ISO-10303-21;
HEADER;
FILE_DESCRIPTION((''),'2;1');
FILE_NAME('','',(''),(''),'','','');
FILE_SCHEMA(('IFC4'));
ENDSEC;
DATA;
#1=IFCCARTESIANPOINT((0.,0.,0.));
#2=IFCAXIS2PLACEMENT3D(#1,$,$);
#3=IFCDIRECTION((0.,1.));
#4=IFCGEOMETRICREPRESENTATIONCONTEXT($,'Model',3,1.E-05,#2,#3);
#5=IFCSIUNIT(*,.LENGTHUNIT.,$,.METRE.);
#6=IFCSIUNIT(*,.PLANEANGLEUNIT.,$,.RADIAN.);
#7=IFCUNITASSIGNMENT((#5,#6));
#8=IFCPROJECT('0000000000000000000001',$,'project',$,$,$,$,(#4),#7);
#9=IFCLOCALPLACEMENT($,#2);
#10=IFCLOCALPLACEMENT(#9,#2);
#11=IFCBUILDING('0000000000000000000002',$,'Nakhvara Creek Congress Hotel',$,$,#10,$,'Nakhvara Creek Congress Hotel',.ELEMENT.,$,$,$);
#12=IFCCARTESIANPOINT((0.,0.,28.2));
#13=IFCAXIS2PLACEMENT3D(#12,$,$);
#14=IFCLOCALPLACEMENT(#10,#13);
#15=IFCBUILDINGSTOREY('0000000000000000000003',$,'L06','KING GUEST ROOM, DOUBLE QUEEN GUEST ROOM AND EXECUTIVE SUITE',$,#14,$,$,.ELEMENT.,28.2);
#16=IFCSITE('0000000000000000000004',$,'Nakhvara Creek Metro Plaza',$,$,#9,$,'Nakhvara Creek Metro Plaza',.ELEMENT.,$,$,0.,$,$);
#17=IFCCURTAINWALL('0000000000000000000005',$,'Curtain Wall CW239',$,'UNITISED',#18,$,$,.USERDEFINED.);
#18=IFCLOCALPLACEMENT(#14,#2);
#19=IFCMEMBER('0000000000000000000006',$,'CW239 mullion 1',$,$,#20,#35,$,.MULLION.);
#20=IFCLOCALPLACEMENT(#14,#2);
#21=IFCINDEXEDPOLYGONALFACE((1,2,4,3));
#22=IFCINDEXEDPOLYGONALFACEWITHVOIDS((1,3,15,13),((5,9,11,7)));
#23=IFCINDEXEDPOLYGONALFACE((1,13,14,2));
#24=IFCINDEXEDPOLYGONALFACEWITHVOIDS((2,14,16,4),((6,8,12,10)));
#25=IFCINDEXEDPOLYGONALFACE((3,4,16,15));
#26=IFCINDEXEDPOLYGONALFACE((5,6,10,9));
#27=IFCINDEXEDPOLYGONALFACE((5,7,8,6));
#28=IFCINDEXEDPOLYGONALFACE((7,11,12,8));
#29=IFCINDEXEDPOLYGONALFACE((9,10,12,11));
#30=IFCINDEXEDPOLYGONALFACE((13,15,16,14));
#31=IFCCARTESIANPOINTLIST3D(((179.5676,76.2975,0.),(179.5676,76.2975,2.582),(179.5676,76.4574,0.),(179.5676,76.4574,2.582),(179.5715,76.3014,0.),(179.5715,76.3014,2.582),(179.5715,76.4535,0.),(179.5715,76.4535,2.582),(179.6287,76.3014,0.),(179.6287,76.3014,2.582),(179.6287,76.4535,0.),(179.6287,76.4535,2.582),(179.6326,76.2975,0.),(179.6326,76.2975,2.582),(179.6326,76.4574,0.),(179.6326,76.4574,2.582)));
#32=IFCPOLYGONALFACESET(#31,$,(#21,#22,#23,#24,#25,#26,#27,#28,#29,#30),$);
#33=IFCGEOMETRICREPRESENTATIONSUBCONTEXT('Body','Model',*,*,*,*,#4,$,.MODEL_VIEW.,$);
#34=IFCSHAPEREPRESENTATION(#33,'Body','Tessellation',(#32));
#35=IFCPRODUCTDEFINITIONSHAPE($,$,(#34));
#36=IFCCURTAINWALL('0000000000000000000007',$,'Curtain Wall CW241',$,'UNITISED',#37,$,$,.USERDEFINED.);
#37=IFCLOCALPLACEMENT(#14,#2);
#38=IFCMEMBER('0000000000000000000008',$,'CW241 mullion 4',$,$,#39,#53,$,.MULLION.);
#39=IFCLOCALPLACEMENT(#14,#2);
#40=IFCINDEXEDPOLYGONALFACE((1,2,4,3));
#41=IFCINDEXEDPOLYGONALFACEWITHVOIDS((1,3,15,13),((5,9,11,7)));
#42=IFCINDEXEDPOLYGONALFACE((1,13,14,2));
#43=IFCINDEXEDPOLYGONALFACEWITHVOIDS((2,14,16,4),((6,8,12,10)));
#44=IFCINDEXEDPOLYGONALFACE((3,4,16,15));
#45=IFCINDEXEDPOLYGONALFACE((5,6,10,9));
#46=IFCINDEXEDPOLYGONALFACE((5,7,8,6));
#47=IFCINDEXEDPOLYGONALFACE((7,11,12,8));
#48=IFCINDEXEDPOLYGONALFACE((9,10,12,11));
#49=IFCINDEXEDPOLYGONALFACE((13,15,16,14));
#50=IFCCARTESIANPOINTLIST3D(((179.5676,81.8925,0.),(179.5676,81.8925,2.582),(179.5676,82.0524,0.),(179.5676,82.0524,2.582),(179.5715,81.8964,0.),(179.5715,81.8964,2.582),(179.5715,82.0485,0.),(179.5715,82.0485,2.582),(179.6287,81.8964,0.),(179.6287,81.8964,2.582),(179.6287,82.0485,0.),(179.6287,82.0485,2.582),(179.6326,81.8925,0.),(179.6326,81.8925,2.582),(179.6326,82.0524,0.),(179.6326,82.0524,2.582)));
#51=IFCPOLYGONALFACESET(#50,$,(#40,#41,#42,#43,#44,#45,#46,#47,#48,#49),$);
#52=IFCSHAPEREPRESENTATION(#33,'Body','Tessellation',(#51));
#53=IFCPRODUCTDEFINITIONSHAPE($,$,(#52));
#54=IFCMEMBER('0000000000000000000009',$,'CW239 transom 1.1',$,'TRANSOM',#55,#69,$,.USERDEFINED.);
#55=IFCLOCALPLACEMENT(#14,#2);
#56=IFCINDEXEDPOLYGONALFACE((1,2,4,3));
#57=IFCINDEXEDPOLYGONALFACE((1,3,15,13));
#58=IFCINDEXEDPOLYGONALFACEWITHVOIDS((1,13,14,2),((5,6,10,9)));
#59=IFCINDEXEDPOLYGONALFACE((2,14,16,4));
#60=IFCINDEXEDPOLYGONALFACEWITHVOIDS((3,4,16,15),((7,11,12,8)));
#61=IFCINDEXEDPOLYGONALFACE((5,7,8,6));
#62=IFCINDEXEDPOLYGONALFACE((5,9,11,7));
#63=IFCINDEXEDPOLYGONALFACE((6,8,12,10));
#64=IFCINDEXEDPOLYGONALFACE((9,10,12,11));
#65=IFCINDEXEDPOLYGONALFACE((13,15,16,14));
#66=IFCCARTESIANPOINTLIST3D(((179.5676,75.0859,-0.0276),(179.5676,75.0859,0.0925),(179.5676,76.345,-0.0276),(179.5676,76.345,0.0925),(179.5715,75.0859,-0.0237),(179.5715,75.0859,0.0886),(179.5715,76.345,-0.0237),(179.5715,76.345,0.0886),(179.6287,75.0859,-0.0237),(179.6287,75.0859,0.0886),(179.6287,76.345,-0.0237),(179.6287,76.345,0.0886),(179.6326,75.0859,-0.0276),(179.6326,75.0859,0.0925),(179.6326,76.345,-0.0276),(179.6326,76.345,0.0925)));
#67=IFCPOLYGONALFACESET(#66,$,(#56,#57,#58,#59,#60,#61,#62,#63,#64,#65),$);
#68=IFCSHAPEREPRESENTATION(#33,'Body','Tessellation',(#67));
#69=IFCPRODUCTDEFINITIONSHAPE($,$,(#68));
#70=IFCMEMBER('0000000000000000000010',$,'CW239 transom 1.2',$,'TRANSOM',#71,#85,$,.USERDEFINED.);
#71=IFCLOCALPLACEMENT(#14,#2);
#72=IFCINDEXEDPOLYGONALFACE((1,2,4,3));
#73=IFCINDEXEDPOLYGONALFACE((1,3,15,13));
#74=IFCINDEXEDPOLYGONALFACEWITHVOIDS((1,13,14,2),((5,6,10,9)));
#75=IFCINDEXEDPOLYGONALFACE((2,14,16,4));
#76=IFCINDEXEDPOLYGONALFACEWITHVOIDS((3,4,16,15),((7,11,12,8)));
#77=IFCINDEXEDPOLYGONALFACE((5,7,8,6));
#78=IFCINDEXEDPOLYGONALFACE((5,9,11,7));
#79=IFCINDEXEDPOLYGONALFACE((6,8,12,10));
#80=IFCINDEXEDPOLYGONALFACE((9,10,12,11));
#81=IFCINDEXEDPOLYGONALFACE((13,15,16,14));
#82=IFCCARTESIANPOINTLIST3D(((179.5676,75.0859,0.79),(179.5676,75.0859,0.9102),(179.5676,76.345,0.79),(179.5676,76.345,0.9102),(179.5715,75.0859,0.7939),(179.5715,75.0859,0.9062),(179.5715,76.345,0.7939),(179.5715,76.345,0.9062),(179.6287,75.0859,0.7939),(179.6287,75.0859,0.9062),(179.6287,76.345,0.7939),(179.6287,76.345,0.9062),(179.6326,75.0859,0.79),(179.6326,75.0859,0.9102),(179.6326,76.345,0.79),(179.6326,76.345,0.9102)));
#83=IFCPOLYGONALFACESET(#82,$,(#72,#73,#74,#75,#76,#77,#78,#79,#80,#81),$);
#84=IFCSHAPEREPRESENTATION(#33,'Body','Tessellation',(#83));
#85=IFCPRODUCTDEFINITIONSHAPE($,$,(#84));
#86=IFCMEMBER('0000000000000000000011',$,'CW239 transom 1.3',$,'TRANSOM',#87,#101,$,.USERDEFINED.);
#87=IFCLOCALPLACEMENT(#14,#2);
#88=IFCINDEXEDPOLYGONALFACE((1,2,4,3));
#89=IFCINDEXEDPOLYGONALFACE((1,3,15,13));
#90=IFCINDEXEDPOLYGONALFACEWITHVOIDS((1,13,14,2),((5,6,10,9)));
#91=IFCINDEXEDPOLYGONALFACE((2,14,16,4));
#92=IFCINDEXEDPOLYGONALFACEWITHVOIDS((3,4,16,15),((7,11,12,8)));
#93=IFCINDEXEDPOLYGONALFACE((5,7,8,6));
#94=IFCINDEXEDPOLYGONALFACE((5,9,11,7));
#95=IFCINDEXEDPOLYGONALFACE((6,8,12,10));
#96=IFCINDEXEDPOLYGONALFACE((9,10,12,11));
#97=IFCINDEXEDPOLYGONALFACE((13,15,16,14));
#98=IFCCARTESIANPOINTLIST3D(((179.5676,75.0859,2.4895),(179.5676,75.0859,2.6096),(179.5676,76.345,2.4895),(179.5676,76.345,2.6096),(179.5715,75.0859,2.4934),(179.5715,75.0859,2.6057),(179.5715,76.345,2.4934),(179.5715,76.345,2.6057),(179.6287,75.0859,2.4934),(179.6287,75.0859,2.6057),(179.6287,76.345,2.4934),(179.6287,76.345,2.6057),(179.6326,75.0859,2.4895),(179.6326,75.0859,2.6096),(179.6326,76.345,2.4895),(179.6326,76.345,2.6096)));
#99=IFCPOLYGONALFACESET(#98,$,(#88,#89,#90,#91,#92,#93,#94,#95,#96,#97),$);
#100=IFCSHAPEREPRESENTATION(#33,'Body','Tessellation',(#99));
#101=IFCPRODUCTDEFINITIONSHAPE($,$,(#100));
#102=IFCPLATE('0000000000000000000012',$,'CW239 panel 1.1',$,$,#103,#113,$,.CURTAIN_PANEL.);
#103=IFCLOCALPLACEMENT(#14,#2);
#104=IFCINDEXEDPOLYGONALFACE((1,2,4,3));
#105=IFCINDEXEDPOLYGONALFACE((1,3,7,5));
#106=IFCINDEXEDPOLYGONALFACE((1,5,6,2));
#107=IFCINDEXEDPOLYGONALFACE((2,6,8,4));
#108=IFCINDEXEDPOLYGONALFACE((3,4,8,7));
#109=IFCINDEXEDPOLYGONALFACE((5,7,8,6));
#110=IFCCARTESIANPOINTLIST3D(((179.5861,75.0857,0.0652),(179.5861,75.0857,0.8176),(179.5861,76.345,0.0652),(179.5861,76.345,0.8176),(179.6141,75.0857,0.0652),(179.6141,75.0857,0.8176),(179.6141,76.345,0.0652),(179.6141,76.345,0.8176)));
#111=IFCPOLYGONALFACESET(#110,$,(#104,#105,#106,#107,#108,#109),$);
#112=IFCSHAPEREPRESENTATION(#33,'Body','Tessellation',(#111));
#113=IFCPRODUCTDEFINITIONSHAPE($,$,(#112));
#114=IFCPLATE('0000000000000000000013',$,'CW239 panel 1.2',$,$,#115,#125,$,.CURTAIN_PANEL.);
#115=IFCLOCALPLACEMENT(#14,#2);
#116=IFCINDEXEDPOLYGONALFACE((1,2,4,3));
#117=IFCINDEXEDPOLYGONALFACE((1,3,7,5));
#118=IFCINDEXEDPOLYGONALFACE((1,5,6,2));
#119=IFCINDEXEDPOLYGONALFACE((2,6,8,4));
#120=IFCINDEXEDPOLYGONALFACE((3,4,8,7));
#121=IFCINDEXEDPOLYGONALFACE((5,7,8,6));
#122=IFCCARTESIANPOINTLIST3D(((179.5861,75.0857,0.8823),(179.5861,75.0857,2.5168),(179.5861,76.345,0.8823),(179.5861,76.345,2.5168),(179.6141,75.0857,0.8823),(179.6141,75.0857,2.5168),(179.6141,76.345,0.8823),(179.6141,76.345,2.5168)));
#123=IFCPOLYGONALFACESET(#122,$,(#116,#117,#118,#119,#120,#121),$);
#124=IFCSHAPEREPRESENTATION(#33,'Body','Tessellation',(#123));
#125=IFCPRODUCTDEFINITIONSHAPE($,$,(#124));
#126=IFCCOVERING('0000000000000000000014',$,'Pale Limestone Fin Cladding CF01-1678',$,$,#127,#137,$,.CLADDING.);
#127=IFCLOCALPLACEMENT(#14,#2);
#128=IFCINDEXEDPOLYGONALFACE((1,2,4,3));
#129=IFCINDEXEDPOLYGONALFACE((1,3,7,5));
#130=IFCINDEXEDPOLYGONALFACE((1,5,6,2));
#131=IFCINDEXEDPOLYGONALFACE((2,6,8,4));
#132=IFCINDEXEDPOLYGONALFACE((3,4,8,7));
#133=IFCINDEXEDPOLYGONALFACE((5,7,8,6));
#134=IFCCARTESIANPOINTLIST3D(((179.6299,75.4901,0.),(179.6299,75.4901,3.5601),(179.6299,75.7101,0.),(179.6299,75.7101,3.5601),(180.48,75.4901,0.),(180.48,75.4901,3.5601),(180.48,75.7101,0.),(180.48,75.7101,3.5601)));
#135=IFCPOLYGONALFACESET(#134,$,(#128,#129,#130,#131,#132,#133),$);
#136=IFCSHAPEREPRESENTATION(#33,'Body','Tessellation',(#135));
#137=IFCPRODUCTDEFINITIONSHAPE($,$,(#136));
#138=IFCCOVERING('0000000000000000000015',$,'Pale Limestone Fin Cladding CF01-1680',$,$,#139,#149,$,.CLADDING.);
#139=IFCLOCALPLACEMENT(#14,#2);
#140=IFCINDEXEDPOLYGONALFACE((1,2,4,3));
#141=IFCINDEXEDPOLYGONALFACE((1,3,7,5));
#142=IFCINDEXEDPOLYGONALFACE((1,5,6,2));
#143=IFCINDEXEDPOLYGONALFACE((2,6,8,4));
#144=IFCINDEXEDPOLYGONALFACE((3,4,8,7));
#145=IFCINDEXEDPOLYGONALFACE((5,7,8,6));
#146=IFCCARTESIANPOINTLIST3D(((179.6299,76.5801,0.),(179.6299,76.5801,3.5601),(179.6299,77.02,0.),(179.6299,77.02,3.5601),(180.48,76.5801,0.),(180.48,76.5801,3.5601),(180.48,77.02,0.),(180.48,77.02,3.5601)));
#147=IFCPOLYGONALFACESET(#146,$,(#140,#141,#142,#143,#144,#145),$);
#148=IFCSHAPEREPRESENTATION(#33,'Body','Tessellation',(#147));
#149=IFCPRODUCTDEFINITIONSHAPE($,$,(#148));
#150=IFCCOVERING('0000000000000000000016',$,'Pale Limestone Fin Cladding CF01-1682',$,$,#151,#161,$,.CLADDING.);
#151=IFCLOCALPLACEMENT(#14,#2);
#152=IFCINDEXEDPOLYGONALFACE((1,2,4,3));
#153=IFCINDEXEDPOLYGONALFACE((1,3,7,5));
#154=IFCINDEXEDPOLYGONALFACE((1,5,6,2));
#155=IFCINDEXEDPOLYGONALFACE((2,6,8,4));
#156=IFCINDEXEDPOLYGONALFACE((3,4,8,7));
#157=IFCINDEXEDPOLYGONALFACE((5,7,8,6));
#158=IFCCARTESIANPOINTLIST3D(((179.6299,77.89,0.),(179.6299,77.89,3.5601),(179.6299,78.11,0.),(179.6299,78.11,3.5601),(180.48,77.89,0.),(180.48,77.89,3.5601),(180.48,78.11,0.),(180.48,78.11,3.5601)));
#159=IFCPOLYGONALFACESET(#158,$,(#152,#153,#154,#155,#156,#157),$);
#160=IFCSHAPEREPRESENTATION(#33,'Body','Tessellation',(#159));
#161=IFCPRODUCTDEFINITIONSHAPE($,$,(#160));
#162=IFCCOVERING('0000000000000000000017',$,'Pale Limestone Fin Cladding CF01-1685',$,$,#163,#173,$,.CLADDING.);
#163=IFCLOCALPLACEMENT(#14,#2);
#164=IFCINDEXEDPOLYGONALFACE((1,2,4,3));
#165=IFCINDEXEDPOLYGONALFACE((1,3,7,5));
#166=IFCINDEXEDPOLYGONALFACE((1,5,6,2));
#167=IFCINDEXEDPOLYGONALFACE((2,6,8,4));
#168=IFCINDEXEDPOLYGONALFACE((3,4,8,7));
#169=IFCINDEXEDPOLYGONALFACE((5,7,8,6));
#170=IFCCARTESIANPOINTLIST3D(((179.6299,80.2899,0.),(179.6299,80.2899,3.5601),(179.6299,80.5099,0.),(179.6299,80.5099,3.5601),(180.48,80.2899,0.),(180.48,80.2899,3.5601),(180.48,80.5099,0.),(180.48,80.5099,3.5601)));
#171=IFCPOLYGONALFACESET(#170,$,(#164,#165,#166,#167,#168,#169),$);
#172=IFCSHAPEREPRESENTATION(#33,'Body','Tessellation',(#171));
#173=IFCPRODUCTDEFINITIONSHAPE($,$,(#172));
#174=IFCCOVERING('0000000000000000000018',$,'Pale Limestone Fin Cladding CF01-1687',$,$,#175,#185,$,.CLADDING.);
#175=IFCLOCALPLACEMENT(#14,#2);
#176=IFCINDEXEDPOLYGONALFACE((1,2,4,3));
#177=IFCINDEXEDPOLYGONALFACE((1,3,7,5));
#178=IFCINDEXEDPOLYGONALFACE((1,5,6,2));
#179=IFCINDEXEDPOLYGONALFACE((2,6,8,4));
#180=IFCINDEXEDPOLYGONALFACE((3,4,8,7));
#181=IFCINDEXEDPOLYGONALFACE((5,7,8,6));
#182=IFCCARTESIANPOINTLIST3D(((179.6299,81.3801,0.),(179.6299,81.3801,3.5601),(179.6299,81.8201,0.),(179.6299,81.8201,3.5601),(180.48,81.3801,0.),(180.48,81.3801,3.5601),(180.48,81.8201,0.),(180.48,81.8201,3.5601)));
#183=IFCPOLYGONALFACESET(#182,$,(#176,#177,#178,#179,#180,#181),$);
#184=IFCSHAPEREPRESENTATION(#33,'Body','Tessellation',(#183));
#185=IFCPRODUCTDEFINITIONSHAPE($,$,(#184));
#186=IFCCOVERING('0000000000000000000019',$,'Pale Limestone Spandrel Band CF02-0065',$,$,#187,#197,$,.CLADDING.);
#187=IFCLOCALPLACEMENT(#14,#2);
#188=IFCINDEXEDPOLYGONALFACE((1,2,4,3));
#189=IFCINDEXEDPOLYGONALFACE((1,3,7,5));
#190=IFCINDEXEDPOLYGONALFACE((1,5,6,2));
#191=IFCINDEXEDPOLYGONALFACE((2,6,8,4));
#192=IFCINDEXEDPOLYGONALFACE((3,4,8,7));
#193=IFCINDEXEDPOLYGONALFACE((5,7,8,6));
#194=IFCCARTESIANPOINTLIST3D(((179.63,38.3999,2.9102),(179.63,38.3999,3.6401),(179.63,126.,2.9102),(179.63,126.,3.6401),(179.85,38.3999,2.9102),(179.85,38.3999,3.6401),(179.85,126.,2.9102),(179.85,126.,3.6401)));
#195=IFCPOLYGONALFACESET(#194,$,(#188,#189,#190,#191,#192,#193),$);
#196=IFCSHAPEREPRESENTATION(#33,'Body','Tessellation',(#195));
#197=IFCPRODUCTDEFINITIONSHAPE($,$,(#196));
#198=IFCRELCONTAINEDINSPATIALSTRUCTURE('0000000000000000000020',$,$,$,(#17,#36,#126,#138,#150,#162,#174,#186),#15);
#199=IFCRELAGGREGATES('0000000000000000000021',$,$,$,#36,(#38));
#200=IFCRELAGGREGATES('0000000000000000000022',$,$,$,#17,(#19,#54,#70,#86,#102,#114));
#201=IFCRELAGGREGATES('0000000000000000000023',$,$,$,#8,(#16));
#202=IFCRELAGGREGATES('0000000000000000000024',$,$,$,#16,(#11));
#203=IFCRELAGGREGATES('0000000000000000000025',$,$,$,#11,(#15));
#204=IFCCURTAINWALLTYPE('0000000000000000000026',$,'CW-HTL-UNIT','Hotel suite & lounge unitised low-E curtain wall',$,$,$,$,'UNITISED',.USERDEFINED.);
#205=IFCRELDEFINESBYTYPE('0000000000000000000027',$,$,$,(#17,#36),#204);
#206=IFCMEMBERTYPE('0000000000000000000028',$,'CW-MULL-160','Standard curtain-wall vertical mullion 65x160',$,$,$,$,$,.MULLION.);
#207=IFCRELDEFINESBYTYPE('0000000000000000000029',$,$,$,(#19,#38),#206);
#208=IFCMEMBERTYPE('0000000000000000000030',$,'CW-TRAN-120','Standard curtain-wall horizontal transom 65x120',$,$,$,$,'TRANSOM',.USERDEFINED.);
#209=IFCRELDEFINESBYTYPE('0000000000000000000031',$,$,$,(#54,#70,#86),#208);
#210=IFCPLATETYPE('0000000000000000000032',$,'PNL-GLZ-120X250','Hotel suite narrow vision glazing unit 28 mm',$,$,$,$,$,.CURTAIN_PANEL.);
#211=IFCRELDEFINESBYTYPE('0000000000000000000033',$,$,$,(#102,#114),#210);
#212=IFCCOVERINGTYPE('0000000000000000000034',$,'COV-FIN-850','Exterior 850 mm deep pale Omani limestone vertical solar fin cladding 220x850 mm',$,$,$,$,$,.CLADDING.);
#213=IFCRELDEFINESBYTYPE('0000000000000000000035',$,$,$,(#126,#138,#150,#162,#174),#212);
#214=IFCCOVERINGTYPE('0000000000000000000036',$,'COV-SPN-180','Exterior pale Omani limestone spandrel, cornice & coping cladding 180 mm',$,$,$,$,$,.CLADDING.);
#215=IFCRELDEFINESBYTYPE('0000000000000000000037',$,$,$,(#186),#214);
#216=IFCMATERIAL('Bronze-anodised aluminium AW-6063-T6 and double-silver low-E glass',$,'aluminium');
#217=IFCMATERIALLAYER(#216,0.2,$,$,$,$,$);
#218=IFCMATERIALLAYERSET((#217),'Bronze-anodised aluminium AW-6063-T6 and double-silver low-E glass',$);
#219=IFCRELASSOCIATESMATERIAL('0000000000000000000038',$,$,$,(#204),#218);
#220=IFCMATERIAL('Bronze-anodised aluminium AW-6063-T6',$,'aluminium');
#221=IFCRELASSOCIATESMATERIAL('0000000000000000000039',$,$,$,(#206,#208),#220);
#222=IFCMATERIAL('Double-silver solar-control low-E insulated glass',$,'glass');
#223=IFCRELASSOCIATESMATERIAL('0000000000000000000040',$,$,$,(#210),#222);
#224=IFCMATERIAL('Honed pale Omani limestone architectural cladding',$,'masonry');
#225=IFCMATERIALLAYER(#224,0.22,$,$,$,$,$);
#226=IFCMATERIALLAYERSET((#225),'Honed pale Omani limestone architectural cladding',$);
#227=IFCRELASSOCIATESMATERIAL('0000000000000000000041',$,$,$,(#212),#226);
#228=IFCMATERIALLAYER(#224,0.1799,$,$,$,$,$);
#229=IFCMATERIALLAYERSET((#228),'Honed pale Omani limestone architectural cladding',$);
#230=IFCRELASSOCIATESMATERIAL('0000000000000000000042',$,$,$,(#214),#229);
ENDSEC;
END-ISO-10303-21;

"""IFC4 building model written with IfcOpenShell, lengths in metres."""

from ifc_helpers import new_model, si_unit, direction, frame, origin, origin_2d, place, context, subcontext, project, spatial, rectangle, hollow_rectangle, extrude, material, layer, layer_set, material_profile, profile_set, type_object, element, aggregate, save


model = new_model("IFC4")

# Units and contexts
model_context = context("Model", 3, precision=1e-05, world=origin(), true_north=direction((0.0, 1.0)))
body_context = subcontext(model_context, "Body", "Model", "MODEL_VIEW")
ifc_project = project(units=[si_unit("LENGTHUNIT", "METRE"), si_unit("PLANEANGLEUNIT", "RADIAN")], contexts=[model_context])

# Site, building, storey
site_placement = place(None, origin())
site = spatial("IfcSite", under=ifc_project, at=site_placement, Name="Nakhvara Creek Metro Plaza", LongName="Nakhvara Creek Metro Plaza", CompositionType="ELEMENT", RefElevation=0.0)
building_placement = place(site_placement, origin())
building = spatial("IfcBuilding", under=site, at=building_placement, Name="Nakhvara Creek Congress Hotel", LongName="Nakhvara Creek Congress Hotel", CompositionType="ELEMENT")
storey_placement = place(building_placement, frame((0.0, 0.0, 28.2)))
storey = spatial("IfcBuildingStorey", under=building, at=storey_placement, Name="L06", Description="KING GUEST ROOM, DOUBLE QUEEN GUEST ROOM AND EXECUTIVE SUITE", CompositionType="ELEMENT", Elevation=28.2)

# Curtain walls, members
ifc_material_1 = material(Name="Bronze-anodised aluminium AW-6063-T6 and double-silver low-E glass", Category="aluminium")
ifc_layer_1 = layer(ifc_material_1, 0.2)
ifc_layer_set_1 = layer_set([ifc_layer_1], Name="Bronze-anodised aluminium AW-6063-T6 and double-silver low-E glass")
curtain_wall_type = type_object("IfcCurtainWallType", Name="CW-HTL-UNIT", Description="Hotel suite & lounge unitised low-E curtain wall", ElementType="UNITISED", PredefinedType="USERDEFINED", material=ifc_layer_set_1)
curtain_wall_1_placement = place(storey_placement, origin())
curtain_wall_1 = element("IfcCurtainWall", 1, at=curtain_wall_1_placement, inside=storey, type_object=curtain_wall_type, Name="Curtain Wall CW239", ObjectType="UNITISED", PredefinedType="USERDEFINED")
ifc_material_2 = material(Name="Bronze-anodised aluminium AW-6063-T6", Category="aluminium")
ifc_material_profile_1 = material_profile(ifc_material_2, hollow_rectangle(XDim=0.0649, YDim=0.1599, WallThickness=0.0039, at=origin_2d()), Name="ALU-MULL 65x160x4", Category="LoadBearing")
ifc_profile_set_1 = profile_set([ifc_material_profile_1], Name="Bronze-anodised aluminium AW-6063-T6")
member_type_1 = type_object("IfcMemberType", Name="CW-MULL-160", Description="Standard curtain-wall vertical mullion 65x160", PredefinedType="MULLION", material=ifc_profile_set_1)
member_1_placement = place(storey_placement, frame((179.6001, 76.3774, 0.0), z_axis=(0.0, 0.0, 1.0), x_axis=(1.0, 0.0, 0.0)))
member_1 = element("IfcMember", 2, at=member_1_placement, type_object=member_type_1, Name="CW239 mullion 1", PredefinedType="MULLION", context=body_context, shape_type="SweptSolid", body=[
    extrude(hollow_rectangle(XDim=0.0649, YDim=0.1599, WallThickness=0.0039, at=origin_2d()), origin(), (0.0, 0.0, 1.0), 2.582),
])
curtain_wall_2_placement = place(storey_placement, origin())
curtain_wall_2 = element("IfcCurtainWall", 3, at=curtain_wall_2_placement, inside=storey, type_object=curtain_wall_type, Name="Curtain Wall CW241", ObjectType="UNITISED", PredefinedType="USERDEFINED")
member_2_placement = place(storey_placement, frame((179.6001, 81.9724, 0.0), z_axis=(0.0, 0.0, 1.0), x_axis=(1.0, 0.0, 0.0)))
member_2 = element("IfcMember", 4, at=member_2_placement, type_object=member_type_1, Name="CW241 mullion 4", PredefinedType="MULLION", context=body_context, shape_type="SweptSolid", body=[
    extrude(hollow_rectangle(XDim=0.0649, YDim=0.1599, WallThickness=0.0039, at=origin_2d()), origin(), (0.0, 0.0, 1.0), 2.582),
])
aggregate(curtain_wall_2, [member_2])

# Members
ifc_material_profile_2 = material_profile(ifc_material_2, hollow_rectangle(XDim=0.0649, YDim=0.1201, WallThickness=0.0039, at=origin_2d()), Name="ALU-TRAN 65x120x4", Category="LoadBearing")
ifc_profile_set_2 = profile_set([ifc_material_profile_2], Name="Bronze-anodised aluminium AW-6063-T6")
member_type_2 = type_object("IfcMemberType", Name="CW-TRAN-120", Description="Standard curtain-wall horizontal transom 65x120", ElementType="TRANSOM", PredefinedType="USERDEFINED", material=ifc_profile_set_2)
member_3_placement = place(storey_placement, frame((179.6001, 76.345, 0.0325), z_axis=(0.0, -1.0, 0.0), x_axis=(1.0, 0.0, 0.0)))
member_3 = element("IfcMember", 5, at=member_3_placement, type_object=member_type_2, Name="CW239 transom 1.1", ObjectType="TRANSOM", PredefinedType="USERDEFINED", context=body_context, shape_type="SweptSolid", body=[
    extrude(hollow_rectangle(XDim=0.0649, YDim=0.1201, WallThickness=0.0039, at=origin_2d()), origin(), (0.0, 0.0, 1.0), 1.259),
])
member_4_placement = place(storey_placement, frame((179.6001, 76.345, 0.8501), z_axis=(0.0, -1.0, 0.0), x_axis=(1.0, 0.0, 0.0)))
member_4 = element("IfcMember", 6, at=member_4_placement, type_object=member_type_2, Name="CW239 transom 1.2", ObjectType="TRANSOM", PredefinedType="USERDEFINED", context=body_context, shape_type="SweptSolid", body=[
    extrude(hollow_rectangle(XDim=0.0649, YDim=0.1201, WallThickness=0.0039, at=origin_2d()), origin(), (0.0, 0.0, 1.0), 1.259),
])
member_5_placement = place(storey_placement, frame((179.6001, 76.345, 2.5496), z_axis=(0.0, -1.0, 0.0), x_axis=(1.0, 0.0, 0.0)))
member_5 = element("IfcMember", 7, at=member_5_placement, type_object=member_type_2, Name="CW239 transom 1.3", ObjectType="TRANSOM", PredefinedType="USERDEFINED", context=body_context, shape_type="SweptSolid", body=[
    extrude(hollow_rectangle(XDim=0.0649, YDim=0.1201, WallThickness=0.0039, at=origin_2d()), origin(), (0.0, 0.0, 1.0), 1.259),
])

# Plates
ifc_material_3 = material(Name="Double-silver solar-control low-E insulated glass", Category="glass")
plate_type = type_object("IfcPlateType", Name="PNL-GLZ-120X250", Description="Hotel suite narrow vision glazing unit 28 mm", PredefinedType="CURTAIN_PANEL", material=ifc_material_3)
plate_1_placement = place(storey_placement, frame((179.6001, 75.7153, 0.0652), z_axis=(0.0, 0.0, 1.0), x_axis=(0.0, -1.0, 0.0)))
plate_1 = element("IfcPlate", 8, at=plate_1_placement, type_object=plate_type, Name="CW239 panel 1.1", PredefinedType="CURTAIN_PANEL", context=body_context, shape_type="SweptSolid", body=[
    extrude(rectangle(XDim=1.2593, YDim=0.0281, at=origin_2d()), origin(), (0.0, 0.0, 1.0), 0.7524),
])
plate_2_placement = place(storey_placement, frame((179.6001, 75.7153, 0.8823), z_axis=(0.0, 0.0, 1.0), x_axis=(0.0, -1.0, 0.0)))
plate_2 = element("IfcPlate", 9, at=plate_2_placement, type_object=plate_type, Name="CW239 panel 1.2", PredefinedType="CURTAIN_PANEL", context=body_context, shape_type="SweptSolid", body=[
    extrude(rectangle(XDim=1.2593, YDim=0.0281, at=origin_2d()), origin(), (0.0, 0.0, 1.0), 1.6345),
])
aggregate(curtain_wall_1, [member_1, member_3, member_4, member_5, plate_1, plate_2])

# Coverings
ifc_material_4 = material(Name="Honed pale Omani limestone architectural cladding", Category="masonry")
ifc_layer_2 = layer(ifc_material_4, 0.22)
ifc_layer_set_2 = layer_set([ifc_layer_2], Name="Honed pale Omani limestone architectural cladding")
covering_type_1 = type_object("IfcCoveringType", Name="COV-FIN-850", Description="Exterior 850 mm deep pale Omani limestone vertical solar fin cladding 220x850 mm", PredefinedType="CLADDING", material=ifc_layer_set_2)
covering_1_placement = place(storey_placement, frame((180.0549, 75.6001, 0.0), z_axis=(0.0, 0.0, 1.0), x_axis=(0.0, 1.0, 0.0)))
element("IfcCovering", 10, at=covering_1_placement, inside=storey, type_object=covering_type_1, Name="Pale Limestone Fin Cladding CF01-1678", PredefinedType="CLADDING", context=body_context, shape_type="SweptSolid", body=[
    extrude(rectangle(XDim=0.22, YDim=0.8501, at=origin_2d()), origin(), (0.0, 0.0, 1.0), 3.5601),
])
covering_2_placement = place(storey_placement, frame((180.0549, 76.8, 0.0), z_axis=(0.0, 0.0, 1.0), x_axis=(0.0, 1.0, 0.0)))
element("IfcCovering", 11, at=covering_2_placement, inside=storey, type_object=covering_type_1, Name="Pale Limestone Fin Cladding CF01-1680", PredefinedType="CLADDING", context=body_context, shape_type="SweptSolid", body=[
    extrude(rectangle(XDim=0.4399, YDim=0.8501, at=origin_2d()), origin(), (0.0, 0.0, 1.0), 3.5601),
])
for number, where, z_axis, x_axis, name in (
    (12, (180.0549, 78.0, 0.0), (0.0, 0.0, 1.0), (0.0, 1.0, 0.0), "Pale Limestone Fin Cladding CF01-1682"),
    (13, (180.0549, 80.3999, 0.0), (0.0, 0.0, 1.0), (0.0, 1.0, 0.0), "Pale Limestone Fin Cladding CF01-1685"),
):
    element("IfcCovering", number, at=place(storey_placement, frame(where, z_axis=z_axis, x_axis=x_axis)), inside=storey, type_object=covering_type_1, Name=name, PredefinedType="CLADDING", context=body_context, shape_type="SweptSolid", body=[
        extrude(rectangle(XDim=0.22, YDim=0.8501, at=origin_2d()), origin(), (0.0, 0.0, 1.0), 3.5601),
    ])
covering_3_placement = place(storey_placement, frame((180.0549, 81.6001, 0.0), z_axis=(0.0, 0.0, 1.0), x_axis=(0.0, 1.0, 0.0)))
element("IfcCovering", 14, at=covering_3_placement, inside=storey, type_object=covering_type_1, Name="Pale Limestone Fin Cladding CF01-1687", PredefinedType="CLADDING", context=body_context, shape_type="SweptSolid", body=[
    extrude(rectangle(XDim=0.4399, YDim=0.8501, at=origin_2d()), origin(), (0.0, 0.0, 1.0), 3.5601),
])
ifc_layer_3 = layer(ifc_material_4, 0.1799)
ifc_layer_set_3 = layer_set([ifc_layer_3], Name="Honed pale Omani limestone architectural cladding")
covering_type_2 = type_object("IfcCoveringType", Name="COV-SPN-180", Description="Exterior pale Omani limestone spandrel, cornice & coping cladding 180 mm", PredefinedType="CLADDING", material=ifc_layer_set_3)
covering_4_placement = place(storey_placement, frame((179.74, 82.2, 2.9102), z_axis=(0.0, 0.0, 1.0), x_axis=(0.0, 1.0, 0.0)))
element("IfcCovering", 15, at=covering_4_placement, inside=storey, type_object=covering_type_2, Name="Pale Limestone Spandrel Band CF02-0065", PredefinedType="CLADDING", context=body_context, shape_type="SweptSolid", body=[
    extrude(rectangle(XDim=87.6001, YDim=0.22, at=origin_2d()), origin(), (0.0, 0.0, 1.0), 0.73),
])

save(model, "model.ifc")
